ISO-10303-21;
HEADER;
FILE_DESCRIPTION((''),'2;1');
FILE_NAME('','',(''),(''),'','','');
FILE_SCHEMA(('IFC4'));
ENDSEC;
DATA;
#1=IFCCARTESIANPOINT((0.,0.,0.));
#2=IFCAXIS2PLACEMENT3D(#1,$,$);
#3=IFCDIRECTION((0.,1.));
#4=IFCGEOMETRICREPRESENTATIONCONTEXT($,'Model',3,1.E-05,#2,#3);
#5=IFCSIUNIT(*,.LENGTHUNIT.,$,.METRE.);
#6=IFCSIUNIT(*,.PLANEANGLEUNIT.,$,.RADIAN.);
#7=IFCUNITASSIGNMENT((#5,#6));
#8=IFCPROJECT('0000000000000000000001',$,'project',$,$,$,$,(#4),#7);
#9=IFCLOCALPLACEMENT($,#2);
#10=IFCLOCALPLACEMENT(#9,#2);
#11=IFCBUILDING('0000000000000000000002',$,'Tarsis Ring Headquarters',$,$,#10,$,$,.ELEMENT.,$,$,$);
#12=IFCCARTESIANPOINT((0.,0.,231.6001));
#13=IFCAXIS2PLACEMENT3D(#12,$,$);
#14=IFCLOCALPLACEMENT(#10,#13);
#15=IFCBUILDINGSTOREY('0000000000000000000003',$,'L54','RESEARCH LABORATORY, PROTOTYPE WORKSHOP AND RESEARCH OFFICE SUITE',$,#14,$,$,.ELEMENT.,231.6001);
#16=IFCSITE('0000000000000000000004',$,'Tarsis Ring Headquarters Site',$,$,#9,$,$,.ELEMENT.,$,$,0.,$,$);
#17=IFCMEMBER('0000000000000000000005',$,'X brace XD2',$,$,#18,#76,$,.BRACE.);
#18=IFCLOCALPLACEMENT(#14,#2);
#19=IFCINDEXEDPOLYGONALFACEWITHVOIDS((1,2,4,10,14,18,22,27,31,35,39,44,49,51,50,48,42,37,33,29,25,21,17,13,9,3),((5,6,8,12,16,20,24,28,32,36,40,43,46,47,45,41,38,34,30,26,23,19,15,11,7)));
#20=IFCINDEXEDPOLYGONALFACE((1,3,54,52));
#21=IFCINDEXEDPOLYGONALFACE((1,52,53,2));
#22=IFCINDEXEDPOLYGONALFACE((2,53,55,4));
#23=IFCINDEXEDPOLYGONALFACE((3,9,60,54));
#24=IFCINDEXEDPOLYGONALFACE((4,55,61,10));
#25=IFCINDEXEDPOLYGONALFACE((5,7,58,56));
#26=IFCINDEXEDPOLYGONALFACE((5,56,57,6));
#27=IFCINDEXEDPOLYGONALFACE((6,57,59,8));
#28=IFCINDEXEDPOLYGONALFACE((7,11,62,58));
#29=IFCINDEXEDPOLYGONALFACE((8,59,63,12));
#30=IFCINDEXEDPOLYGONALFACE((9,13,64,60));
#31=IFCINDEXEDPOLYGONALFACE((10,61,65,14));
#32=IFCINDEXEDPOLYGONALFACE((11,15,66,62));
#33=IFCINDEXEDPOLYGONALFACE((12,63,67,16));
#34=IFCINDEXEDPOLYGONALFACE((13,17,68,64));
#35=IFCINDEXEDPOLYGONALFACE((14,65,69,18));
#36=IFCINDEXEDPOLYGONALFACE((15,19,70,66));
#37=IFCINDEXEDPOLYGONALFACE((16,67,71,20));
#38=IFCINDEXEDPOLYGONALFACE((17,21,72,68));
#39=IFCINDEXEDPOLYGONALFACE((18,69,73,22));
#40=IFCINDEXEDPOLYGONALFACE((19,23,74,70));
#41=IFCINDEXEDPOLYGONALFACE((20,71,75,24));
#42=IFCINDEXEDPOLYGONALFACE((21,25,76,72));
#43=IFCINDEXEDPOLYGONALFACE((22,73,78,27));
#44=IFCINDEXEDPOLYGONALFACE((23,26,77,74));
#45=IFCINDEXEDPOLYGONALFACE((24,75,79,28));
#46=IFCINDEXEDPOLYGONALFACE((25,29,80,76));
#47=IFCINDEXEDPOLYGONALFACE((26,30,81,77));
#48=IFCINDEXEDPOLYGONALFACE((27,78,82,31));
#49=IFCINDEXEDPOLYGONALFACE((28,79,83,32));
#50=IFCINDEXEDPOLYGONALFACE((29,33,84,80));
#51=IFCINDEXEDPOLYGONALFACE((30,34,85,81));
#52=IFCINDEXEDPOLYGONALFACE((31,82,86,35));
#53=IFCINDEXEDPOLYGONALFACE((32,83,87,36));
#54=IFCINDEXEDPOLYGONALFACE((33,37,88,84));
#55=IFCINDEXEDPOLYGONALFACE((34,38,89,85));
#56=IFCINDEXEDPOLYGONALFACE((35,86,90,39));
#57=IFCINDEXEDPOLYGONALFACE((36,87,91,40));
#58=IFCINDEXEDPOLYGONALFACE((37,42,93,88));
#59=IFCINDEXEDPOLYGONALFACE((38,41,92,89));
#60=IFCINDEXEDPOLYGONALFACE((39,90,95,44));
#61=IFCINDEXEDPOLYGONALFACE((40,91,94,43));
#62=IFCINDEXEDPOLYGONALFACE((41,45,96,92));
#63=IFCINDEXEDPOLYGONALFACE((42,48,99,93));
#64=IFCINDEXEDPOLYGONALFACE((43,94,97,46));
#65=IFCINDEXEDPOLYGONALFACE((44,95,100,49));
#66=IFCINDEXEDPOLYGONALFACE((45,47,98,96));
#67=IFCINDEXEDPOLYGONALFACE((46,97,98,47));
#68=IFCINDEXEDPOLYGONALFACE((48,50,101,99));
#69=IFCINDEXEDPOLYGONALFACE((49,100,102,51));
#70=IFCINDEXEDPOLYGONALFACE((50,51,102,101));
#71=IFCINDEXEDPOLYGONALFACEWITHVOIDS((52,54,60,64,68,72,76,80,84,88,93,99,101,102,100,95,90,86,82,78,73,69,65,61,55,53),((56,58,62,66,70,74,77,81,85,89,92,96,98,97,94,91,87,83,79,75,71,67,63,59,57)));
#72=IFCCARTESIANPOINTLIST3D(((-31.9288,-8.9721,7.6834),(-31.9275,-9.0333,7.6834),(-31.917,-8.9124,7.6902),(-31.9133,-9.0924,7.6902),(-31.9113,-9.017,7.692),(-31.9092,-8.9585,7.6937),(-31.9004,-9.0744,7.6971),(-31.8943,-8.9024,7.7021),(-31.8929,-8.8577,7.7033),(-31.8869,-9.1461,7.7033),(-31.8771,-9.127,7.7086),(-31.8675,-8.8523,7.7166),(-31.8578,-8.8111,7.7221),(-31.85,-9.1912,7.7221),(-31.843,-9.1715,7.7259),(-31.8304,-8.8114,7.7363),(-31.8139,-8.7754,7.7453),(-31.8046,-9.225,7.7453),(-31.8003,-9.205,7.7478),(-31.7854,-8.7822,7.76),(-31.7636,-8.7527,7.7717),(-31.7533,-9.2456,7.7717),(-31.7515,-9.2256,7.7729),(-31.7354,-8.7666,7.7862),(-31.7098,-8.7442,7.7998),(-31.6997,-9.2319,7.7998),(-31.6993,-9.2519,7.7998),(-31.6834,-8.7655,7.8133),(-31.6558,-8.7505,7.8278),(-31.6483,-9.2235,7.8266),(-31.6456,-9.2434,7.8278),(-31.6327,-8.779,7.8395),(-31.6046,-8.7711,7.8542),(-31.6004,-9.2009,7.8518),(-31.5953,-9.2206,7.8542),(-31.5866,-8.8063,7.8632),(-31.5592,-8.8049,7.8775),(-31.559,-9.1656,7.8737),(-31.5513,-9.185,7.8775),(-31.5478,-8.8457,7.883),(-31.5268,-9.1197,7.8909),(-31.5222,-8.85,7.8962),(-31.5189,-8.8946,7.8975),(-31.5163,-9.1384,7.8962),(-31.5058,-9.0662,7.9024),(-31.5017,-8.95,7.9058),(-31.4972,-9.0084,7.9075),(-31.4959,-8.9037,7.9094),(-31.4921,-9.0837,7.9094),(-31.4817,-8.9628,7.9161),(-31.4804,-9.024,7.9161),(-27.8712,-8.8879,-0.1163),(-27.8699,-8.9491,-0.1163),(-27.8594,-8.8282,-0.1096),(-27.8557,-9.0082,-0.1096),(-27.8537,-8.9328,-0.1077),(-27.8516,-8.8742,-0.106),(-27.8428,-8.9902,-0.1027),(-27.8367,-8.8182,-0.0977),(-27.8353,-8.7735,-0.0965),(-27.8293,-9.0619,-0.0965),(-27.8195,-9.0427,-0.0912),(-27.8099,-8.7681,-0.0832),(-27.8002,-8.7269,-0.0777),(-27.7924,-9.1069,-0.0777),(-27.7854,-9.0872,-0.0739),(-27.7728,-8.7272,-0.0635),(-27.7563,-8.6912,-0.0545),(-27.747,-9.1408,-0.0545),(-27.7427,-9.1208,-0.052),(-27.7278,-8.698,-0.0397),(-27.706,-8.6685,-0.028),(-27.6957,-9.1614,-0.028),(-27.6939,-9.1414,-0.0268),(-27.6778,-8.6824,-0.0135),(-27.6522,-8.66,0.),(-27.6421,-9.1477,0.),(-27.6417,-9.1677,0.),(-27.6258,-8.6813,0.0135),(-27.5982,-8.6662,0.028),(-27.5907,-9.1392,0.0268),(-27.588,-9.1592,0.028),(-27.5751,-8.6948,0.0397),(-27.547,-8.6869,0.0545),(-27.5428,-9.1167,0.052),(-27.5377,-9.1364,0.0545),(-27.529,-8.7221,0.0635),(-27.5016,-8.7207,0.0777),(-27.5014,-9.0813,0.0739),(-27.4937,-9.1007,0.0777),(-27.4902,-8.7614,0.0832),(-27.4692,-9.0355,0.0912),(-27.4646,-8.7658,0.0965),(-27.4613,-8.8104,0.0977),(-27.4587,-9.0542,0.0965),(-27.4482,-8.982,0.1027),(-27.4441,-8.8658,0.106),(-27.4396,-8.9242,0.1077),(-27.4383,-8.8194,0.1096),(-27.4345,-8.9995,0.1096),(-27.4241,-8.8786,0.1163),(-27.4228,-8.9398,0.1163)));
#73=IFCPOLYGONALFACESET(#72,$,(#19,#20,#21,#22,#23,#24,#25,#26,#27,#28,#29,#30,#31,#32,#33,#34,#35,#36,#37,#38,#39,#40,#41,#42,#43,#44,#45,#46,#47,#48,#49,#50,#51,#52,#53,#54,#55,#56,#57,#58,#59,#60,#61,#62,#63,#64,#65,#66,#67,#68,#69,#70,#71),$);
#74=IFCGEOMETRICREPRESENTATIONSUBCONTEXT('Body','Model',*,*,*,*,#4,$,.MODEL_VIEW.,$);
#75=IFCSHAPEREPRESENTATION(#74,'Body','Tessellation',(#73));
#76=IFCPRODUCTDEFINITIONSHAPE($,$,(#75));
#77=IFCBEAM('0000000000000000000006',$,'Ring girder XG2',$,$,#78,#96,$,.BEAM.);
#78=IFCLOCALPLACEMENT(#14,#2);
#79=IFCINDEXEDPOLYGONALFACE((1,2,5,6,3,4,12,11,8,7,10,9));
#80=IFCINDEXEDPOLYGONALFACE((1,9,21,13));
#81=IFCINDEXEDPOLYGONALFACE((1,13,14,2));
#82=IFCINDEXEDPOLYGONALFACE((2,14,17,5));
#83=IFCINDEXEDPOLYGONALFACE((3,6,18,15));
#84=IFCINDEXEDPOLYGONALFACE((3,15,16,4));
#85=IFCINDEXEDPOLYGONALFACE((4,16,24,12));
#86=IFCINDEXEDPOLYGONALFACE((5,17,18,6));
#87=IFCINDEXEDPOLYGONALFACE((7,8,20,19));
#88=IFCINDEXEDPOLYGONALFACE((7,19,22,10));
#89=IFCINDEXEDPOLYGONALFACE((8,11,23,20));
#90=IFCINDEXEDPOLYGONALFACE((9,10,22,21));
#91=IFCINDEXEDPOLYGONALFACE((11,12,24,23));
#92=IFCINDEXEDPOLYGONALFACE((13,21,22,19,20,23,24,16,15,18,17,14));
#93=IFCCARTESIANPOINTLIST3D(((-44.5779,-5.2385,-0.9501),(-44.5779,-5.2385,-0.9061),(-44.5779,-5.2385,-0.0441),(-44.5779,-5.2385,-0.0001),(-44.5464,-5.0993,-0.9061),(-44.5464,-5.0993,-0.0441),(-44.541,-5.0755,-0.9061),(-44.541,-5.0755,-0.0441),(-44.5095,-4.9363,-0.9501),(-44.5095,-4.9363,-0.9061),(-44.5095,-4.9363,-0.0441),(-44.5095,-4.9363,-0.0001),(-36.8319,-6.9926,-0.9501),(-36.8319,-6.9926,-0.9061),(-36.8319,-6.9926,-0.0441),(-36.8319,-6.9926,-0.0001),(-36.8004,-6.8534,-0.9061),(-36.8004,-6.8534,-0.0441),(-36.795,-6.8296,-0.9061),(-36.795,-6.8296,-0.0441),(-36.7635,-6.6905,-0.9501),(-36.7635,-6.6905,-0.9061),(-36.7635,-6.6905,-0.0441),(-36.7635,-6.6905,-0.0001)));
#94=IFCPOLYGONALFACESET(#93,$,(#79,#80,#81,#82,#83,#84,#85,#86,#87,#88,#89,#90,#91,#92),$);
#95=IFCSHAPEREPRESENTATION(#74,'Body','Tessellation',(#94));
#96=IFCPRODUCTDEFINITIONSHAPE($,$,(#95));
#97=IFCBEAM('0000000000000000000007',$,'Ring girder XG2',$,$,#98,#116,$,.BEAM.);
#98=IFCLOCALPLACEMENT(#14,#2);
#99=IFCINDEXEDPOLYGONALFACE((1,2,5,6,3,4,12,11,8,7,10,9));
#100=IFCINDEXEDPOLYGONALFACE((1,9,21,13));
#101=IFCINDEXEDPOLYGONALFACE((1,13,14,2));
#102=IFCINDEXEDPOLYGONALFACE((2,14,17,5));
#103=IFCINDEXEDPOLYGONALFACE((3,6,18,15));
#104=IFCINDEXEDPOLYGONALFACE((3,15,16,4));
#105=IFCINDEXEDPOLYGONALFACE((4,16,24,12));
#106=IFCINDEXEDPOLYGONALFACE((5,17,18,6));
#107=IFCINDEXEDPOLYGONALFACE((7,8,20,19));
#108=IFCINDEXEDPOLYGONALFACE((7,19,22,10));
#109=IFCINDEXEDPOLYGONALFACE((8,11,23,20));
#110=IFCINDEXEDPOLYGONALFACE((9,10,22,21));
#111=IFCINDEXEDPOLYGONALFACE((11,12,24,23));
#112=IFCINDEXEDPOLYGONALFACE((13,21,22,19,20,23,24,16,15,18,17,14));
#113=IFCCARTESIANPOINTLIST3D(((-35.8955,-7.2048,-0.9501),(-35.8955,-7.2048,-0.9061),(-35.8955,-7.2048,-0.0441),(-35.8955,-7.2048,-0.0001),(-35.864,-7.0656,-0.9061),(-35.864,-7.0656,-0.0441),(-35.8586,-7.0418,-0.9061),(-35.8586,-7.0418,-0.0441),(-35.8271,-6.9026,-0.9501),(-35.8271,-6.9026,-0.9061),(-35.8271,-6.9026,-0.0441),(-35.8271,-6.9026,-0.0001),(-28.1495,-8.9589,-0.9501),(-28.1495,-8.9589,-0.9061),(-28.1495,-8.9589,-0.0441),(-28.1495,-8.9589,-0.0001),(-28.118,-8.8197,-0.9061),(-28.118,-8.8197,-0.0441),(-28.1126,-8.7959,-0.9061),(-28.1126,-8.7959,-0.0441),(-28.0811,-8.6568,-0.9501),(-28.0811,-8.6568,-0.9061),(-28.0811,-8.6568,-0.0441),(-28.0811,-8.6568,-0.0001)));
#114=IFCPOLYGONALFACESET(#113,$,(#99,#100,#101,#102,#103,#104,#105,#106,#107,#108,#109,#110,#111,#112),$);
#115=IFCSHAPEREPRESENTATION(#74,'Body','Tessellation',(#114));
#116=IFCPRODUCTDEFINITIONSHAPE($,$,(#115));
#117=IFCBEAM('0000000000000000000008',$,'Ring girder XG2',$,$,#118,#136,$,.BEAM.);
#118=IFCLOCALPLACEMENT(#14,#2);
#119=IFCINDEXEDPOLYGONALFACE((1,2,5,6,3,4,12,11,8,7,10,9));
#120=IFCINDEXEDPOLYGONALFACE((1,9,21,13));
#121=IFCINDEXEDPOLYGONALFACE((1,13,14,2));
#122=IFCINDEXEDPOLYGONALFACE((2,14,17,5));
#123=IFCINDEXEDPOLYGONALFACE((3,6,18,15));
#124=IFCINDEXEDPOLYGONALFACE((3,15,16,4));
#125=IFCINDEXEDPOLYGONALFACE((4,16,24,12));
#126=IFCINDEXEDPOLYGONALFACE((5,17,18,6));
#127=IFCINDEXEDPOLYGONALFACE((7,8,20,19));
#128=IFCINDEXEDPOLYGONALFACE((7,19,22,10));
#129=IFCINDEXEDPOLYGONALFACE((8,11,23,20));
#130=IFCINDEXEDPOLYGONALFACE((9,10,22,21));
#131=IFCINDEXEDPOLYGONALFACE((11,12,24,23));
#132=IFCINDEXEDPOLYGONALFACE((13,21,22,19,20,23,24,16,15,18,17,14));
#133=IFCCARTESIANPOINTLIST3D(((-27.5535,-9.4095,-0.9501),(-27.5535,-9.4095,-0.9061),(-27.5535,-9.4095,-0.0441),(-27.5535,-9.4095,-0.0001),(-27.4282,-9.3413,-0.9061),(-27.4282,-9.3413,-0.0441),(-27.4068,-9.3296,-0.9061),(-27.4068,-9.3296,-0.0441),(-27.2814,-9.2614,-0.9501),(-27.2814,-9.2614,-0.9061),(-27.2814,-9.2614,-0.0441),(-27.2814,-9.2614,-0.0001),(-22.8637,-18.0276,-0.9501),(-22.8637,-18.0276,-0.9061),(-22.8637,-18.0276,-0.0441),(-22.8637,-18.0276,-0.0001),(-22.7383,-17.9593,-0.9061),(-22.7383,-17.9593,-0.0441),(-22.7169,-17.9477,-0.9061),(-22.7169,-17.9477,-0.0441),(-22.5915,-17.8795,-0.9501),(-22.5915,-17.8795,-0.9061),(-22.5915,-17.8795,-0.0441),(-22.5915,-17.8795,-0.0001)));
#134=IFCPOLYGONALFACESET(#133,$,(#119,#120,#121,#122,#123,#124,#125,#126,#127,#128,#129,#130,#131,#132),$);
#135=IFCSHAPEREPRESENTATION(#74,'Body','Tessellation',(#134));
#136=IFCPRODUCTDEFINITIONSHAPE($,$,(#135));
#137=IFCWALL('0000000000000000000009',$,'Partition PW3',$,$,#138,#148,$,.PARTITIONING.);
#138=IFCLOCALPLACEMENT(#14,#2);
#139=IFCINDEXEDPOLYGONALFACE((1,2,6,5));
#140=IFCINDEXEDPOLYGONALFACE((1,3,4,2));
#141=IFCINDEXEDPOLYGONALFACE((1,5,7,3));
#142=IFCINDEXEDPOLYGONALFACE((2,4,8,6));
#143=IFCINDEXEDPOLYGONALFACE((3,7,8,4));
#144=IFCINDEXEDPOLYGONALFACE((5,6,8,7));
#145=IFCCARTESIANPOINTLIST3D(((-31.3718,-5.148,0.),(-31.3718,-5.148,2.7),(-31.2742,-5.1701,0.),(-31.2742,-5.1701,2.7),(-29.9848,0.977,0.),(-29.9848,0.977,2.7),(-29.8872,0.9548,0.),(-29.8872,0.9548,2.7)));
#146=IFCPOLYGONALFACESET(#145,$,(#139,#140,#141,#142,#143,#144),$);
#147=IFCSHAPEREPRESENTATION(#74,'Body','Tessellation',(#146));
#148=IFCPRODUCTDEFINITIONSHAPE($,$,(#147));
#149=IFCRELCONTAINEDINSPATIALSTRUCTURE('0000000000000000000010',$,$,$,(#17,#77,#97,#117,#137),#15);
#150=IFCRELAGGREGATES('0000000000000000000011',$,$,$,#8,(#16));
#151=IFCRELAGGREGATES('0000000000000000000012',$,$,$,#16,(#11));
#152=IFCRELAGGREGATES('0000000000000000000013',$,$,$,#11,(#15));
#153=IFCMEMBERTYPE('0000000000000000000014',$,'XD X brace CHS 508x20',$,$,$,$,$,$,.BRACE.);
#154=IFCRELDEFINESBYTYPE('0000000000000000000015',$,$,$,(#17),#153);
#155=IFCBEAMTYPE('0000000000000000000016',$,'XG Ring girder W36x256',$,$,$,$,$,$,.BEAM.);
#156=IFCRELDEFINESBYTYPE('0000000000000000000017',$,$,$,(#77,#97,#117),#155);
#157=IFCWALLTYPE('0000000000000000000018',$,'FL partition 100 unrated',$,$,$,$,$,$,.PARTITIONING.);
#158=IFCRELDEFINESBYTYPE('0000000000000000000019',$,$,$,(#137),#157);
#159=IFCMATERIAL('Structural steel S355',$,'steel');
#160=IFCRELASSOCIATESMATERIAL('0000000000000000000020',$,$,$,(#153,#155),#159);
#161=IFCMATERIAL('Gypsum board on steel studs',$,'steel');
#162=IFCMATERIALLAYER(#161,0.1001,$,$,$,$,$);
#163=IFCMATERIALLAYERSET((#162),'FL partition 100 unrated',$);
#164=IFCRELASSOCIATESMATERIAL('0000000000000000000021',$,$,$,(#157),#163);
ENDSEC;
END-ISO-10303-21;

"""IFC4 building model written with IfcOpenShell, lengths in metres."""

from ifc_helpers import new_model, si_unit, direction, frame, frame_2d, origin, origin_2d, place, context, subcontext, project, spatial, rectangle, hollow_circle, i_section, extrude, material, layer, layer_set, material_profile, profile_set, type_object, element, save


model = new_model("IFC4")

# Units and contexts
model_context = context("Model", 3, precision=1e-05, world=origin(), true_north=direction((0.0, 1.0)))
body_context = subcontext(model_context, "Body", "Model", "MODEL_VIEW")
ifc_project = project(units=[si_unit("LENGTHUNIT", "METRE"), si_unit("PLANEANGLEUNIT", "RADIAN")], contexts=[model_context])

# Site, building, storey
site_placement = place(None, origin())
site = spatial("IfcSite", under=ifc_project, at=site_placement, Name="Tarsis Ring Headquarters Site", CompositionType="ELEMENT", RefElevation=0.0)
building_placement = place(site_placement, origin())
building = spatial("IfcBuilding", under=site, at=building_placement, Name="Tarsis Ring Headquarters", CompositionType="ELEMENT")
storey_placement = place(building_placement, frame((0.0, 0.0, 231.6001)))
storey = spatial("IfcBuildingStorey", under=building, at=storey_placement, Name="L54", Description="RESEARCH LABORATORY, PROTOTYPE WORKSHOP AND RESEARCH OFFICE SUITE", CompositionType="ELEMENT", Elevation=231.6001)

# Shared definitions
ifc_material_1 = material(Name="Structural steel S355", Category="steel")

# Member
ifc_material_profile_1 = material_profile(ifc_material_1, hollow_circle(Radius=0.2539, WallThickness=0.02, at=origin_2d()), Name="CHS 508x20")
ifc_profile_set_1 = profile_set([ifc_material_profile_1], Name="Structural steel S355")
member_type = type_object("IfcMemberType", Name="XD X brace CHS 508x20", PredefinedType="BRACE", material=ifc_profile_set_1)
member_1_placement = place(storey_placement, frame((-27.647, -8.9138, 0.0), z_axis=(-0.461485, -0.00958, 0.887096), x_axis=(0.020754, -0.999785, 0.0)))
element("IfcMember", 1, at=member_1_placement, inside=storey, type_object=member_type, Name="X brace XD2", PredefinedType="BRACE", context=body_context, shape_type="SweptSolid", body=[
    extrude(hollow_circle(Radius=0.2539, WallThickness=0.02, at=origin_2d()), origin(), (0.0, 0.0, 1.0), 8.7925),
])

# Beams
ifc_material_profile_2 = material_profile(ifc_material_1, i_section(OverallWidth=0.3098, OverallDepth=0.95, WebThickness=0.0244, FlangeThickness=0.0439, at=origin_2d()), Name="W36x256")
ifc_profile_set_2 = profile_set([ifc_material_profile_2], Name="Structural steel S355")
beam_type = type_object("IfcBeamType", Name="XG Ring girder W36x256", PredefinedType="BEAM", material=ifc_profile_set_2)
for number, where, z_axis, x_axis, name in (
    (2, (-44.5437, -5.0874, -0.4751), (0.975305, -0.220864, 0.0), (0.220864, 0.975305, 0.0), "Ring girder XG2"),
    (3, (-35.8613, -7.0537, -0.4751), (0.975305, -0.220864, 0.0), (0.220864, 0.975305, 0.0), "Ring girder XG2"),
):
    element("IfcBeam", number, at=place(storey_placement, frame(where, z_axis=z_axis, x_axis=x_axis)), inside=storey, type_object=beam_type, Name=name, PredefinedType="BEAM", context=body_context, shape_type="SweptSolid", body=[
        extrude(i_section(OverallWidth=0.3098, OverallDepth=0.95, WebThickness=0.0244, FlangeThickness=0.0439, at=origin_2d()), origin(), (0.0, 0.0, 1.0), 7.9421),
    ])
beam_placement = place(storey_placement, frame((-27.4175, -9.3354, -0.4751), z_axis=(0.477998, -0.878361, 0.0), x_axis=(0.878361, 0.477998, 0.0)))
element("IfcBeam", 4, at=beam_placement, inside=storey, type_object=beam_type, Name="Ring girder XG2", PredefinedType="BEAM", context=body_context, shape_type="SweptSolid", body=[
    extrude(i_section(OverallWidth=0.3098, OverallDepth=0.95, WebThickness=0.0244, FlangeThickness=0.0439, at=origin_2d()), origin(), (0.0, 0.0, 1.0), 9.8115),
])

# Wall
ifc_material_2 = material(Name="Gypsum board on steel studs", Category="steel")
ifc_layer_1 = layer(ifc_material_2, 0.1001)
ifc_layer_set_1 = layer_set([ifc_layer_1], Name="FL partition 100 unrated")
wall_type_1 = type_object("IfcWallType", Name="FL partition 100 unrated", PredefinedType="PARTITIONING", material=ifc_layer_set_1)
wall_1_placement = place(storey_placement, frame((-31.323, -5.1592, 0.0), z_axis=(0.0, 0.0, 1.0), x_axis=(0.220851, 0.975307, 0.0)))
element("IfcWall", 5, at=wall_1_placement, inside=storey, type_object=wall_type_1, Name="Partition PW3", PredefinedType="PARTITIONING", context=body_context, shape_type="SweptSolid", body=[
    extrude(rectangle(XDim=6.28, YDim=0.1001, at=frame_2d((3.1401, 0.0))), origin(), (0.0, 0.0, 1.0), 2.7),
])

save(model, "model.ifc")
